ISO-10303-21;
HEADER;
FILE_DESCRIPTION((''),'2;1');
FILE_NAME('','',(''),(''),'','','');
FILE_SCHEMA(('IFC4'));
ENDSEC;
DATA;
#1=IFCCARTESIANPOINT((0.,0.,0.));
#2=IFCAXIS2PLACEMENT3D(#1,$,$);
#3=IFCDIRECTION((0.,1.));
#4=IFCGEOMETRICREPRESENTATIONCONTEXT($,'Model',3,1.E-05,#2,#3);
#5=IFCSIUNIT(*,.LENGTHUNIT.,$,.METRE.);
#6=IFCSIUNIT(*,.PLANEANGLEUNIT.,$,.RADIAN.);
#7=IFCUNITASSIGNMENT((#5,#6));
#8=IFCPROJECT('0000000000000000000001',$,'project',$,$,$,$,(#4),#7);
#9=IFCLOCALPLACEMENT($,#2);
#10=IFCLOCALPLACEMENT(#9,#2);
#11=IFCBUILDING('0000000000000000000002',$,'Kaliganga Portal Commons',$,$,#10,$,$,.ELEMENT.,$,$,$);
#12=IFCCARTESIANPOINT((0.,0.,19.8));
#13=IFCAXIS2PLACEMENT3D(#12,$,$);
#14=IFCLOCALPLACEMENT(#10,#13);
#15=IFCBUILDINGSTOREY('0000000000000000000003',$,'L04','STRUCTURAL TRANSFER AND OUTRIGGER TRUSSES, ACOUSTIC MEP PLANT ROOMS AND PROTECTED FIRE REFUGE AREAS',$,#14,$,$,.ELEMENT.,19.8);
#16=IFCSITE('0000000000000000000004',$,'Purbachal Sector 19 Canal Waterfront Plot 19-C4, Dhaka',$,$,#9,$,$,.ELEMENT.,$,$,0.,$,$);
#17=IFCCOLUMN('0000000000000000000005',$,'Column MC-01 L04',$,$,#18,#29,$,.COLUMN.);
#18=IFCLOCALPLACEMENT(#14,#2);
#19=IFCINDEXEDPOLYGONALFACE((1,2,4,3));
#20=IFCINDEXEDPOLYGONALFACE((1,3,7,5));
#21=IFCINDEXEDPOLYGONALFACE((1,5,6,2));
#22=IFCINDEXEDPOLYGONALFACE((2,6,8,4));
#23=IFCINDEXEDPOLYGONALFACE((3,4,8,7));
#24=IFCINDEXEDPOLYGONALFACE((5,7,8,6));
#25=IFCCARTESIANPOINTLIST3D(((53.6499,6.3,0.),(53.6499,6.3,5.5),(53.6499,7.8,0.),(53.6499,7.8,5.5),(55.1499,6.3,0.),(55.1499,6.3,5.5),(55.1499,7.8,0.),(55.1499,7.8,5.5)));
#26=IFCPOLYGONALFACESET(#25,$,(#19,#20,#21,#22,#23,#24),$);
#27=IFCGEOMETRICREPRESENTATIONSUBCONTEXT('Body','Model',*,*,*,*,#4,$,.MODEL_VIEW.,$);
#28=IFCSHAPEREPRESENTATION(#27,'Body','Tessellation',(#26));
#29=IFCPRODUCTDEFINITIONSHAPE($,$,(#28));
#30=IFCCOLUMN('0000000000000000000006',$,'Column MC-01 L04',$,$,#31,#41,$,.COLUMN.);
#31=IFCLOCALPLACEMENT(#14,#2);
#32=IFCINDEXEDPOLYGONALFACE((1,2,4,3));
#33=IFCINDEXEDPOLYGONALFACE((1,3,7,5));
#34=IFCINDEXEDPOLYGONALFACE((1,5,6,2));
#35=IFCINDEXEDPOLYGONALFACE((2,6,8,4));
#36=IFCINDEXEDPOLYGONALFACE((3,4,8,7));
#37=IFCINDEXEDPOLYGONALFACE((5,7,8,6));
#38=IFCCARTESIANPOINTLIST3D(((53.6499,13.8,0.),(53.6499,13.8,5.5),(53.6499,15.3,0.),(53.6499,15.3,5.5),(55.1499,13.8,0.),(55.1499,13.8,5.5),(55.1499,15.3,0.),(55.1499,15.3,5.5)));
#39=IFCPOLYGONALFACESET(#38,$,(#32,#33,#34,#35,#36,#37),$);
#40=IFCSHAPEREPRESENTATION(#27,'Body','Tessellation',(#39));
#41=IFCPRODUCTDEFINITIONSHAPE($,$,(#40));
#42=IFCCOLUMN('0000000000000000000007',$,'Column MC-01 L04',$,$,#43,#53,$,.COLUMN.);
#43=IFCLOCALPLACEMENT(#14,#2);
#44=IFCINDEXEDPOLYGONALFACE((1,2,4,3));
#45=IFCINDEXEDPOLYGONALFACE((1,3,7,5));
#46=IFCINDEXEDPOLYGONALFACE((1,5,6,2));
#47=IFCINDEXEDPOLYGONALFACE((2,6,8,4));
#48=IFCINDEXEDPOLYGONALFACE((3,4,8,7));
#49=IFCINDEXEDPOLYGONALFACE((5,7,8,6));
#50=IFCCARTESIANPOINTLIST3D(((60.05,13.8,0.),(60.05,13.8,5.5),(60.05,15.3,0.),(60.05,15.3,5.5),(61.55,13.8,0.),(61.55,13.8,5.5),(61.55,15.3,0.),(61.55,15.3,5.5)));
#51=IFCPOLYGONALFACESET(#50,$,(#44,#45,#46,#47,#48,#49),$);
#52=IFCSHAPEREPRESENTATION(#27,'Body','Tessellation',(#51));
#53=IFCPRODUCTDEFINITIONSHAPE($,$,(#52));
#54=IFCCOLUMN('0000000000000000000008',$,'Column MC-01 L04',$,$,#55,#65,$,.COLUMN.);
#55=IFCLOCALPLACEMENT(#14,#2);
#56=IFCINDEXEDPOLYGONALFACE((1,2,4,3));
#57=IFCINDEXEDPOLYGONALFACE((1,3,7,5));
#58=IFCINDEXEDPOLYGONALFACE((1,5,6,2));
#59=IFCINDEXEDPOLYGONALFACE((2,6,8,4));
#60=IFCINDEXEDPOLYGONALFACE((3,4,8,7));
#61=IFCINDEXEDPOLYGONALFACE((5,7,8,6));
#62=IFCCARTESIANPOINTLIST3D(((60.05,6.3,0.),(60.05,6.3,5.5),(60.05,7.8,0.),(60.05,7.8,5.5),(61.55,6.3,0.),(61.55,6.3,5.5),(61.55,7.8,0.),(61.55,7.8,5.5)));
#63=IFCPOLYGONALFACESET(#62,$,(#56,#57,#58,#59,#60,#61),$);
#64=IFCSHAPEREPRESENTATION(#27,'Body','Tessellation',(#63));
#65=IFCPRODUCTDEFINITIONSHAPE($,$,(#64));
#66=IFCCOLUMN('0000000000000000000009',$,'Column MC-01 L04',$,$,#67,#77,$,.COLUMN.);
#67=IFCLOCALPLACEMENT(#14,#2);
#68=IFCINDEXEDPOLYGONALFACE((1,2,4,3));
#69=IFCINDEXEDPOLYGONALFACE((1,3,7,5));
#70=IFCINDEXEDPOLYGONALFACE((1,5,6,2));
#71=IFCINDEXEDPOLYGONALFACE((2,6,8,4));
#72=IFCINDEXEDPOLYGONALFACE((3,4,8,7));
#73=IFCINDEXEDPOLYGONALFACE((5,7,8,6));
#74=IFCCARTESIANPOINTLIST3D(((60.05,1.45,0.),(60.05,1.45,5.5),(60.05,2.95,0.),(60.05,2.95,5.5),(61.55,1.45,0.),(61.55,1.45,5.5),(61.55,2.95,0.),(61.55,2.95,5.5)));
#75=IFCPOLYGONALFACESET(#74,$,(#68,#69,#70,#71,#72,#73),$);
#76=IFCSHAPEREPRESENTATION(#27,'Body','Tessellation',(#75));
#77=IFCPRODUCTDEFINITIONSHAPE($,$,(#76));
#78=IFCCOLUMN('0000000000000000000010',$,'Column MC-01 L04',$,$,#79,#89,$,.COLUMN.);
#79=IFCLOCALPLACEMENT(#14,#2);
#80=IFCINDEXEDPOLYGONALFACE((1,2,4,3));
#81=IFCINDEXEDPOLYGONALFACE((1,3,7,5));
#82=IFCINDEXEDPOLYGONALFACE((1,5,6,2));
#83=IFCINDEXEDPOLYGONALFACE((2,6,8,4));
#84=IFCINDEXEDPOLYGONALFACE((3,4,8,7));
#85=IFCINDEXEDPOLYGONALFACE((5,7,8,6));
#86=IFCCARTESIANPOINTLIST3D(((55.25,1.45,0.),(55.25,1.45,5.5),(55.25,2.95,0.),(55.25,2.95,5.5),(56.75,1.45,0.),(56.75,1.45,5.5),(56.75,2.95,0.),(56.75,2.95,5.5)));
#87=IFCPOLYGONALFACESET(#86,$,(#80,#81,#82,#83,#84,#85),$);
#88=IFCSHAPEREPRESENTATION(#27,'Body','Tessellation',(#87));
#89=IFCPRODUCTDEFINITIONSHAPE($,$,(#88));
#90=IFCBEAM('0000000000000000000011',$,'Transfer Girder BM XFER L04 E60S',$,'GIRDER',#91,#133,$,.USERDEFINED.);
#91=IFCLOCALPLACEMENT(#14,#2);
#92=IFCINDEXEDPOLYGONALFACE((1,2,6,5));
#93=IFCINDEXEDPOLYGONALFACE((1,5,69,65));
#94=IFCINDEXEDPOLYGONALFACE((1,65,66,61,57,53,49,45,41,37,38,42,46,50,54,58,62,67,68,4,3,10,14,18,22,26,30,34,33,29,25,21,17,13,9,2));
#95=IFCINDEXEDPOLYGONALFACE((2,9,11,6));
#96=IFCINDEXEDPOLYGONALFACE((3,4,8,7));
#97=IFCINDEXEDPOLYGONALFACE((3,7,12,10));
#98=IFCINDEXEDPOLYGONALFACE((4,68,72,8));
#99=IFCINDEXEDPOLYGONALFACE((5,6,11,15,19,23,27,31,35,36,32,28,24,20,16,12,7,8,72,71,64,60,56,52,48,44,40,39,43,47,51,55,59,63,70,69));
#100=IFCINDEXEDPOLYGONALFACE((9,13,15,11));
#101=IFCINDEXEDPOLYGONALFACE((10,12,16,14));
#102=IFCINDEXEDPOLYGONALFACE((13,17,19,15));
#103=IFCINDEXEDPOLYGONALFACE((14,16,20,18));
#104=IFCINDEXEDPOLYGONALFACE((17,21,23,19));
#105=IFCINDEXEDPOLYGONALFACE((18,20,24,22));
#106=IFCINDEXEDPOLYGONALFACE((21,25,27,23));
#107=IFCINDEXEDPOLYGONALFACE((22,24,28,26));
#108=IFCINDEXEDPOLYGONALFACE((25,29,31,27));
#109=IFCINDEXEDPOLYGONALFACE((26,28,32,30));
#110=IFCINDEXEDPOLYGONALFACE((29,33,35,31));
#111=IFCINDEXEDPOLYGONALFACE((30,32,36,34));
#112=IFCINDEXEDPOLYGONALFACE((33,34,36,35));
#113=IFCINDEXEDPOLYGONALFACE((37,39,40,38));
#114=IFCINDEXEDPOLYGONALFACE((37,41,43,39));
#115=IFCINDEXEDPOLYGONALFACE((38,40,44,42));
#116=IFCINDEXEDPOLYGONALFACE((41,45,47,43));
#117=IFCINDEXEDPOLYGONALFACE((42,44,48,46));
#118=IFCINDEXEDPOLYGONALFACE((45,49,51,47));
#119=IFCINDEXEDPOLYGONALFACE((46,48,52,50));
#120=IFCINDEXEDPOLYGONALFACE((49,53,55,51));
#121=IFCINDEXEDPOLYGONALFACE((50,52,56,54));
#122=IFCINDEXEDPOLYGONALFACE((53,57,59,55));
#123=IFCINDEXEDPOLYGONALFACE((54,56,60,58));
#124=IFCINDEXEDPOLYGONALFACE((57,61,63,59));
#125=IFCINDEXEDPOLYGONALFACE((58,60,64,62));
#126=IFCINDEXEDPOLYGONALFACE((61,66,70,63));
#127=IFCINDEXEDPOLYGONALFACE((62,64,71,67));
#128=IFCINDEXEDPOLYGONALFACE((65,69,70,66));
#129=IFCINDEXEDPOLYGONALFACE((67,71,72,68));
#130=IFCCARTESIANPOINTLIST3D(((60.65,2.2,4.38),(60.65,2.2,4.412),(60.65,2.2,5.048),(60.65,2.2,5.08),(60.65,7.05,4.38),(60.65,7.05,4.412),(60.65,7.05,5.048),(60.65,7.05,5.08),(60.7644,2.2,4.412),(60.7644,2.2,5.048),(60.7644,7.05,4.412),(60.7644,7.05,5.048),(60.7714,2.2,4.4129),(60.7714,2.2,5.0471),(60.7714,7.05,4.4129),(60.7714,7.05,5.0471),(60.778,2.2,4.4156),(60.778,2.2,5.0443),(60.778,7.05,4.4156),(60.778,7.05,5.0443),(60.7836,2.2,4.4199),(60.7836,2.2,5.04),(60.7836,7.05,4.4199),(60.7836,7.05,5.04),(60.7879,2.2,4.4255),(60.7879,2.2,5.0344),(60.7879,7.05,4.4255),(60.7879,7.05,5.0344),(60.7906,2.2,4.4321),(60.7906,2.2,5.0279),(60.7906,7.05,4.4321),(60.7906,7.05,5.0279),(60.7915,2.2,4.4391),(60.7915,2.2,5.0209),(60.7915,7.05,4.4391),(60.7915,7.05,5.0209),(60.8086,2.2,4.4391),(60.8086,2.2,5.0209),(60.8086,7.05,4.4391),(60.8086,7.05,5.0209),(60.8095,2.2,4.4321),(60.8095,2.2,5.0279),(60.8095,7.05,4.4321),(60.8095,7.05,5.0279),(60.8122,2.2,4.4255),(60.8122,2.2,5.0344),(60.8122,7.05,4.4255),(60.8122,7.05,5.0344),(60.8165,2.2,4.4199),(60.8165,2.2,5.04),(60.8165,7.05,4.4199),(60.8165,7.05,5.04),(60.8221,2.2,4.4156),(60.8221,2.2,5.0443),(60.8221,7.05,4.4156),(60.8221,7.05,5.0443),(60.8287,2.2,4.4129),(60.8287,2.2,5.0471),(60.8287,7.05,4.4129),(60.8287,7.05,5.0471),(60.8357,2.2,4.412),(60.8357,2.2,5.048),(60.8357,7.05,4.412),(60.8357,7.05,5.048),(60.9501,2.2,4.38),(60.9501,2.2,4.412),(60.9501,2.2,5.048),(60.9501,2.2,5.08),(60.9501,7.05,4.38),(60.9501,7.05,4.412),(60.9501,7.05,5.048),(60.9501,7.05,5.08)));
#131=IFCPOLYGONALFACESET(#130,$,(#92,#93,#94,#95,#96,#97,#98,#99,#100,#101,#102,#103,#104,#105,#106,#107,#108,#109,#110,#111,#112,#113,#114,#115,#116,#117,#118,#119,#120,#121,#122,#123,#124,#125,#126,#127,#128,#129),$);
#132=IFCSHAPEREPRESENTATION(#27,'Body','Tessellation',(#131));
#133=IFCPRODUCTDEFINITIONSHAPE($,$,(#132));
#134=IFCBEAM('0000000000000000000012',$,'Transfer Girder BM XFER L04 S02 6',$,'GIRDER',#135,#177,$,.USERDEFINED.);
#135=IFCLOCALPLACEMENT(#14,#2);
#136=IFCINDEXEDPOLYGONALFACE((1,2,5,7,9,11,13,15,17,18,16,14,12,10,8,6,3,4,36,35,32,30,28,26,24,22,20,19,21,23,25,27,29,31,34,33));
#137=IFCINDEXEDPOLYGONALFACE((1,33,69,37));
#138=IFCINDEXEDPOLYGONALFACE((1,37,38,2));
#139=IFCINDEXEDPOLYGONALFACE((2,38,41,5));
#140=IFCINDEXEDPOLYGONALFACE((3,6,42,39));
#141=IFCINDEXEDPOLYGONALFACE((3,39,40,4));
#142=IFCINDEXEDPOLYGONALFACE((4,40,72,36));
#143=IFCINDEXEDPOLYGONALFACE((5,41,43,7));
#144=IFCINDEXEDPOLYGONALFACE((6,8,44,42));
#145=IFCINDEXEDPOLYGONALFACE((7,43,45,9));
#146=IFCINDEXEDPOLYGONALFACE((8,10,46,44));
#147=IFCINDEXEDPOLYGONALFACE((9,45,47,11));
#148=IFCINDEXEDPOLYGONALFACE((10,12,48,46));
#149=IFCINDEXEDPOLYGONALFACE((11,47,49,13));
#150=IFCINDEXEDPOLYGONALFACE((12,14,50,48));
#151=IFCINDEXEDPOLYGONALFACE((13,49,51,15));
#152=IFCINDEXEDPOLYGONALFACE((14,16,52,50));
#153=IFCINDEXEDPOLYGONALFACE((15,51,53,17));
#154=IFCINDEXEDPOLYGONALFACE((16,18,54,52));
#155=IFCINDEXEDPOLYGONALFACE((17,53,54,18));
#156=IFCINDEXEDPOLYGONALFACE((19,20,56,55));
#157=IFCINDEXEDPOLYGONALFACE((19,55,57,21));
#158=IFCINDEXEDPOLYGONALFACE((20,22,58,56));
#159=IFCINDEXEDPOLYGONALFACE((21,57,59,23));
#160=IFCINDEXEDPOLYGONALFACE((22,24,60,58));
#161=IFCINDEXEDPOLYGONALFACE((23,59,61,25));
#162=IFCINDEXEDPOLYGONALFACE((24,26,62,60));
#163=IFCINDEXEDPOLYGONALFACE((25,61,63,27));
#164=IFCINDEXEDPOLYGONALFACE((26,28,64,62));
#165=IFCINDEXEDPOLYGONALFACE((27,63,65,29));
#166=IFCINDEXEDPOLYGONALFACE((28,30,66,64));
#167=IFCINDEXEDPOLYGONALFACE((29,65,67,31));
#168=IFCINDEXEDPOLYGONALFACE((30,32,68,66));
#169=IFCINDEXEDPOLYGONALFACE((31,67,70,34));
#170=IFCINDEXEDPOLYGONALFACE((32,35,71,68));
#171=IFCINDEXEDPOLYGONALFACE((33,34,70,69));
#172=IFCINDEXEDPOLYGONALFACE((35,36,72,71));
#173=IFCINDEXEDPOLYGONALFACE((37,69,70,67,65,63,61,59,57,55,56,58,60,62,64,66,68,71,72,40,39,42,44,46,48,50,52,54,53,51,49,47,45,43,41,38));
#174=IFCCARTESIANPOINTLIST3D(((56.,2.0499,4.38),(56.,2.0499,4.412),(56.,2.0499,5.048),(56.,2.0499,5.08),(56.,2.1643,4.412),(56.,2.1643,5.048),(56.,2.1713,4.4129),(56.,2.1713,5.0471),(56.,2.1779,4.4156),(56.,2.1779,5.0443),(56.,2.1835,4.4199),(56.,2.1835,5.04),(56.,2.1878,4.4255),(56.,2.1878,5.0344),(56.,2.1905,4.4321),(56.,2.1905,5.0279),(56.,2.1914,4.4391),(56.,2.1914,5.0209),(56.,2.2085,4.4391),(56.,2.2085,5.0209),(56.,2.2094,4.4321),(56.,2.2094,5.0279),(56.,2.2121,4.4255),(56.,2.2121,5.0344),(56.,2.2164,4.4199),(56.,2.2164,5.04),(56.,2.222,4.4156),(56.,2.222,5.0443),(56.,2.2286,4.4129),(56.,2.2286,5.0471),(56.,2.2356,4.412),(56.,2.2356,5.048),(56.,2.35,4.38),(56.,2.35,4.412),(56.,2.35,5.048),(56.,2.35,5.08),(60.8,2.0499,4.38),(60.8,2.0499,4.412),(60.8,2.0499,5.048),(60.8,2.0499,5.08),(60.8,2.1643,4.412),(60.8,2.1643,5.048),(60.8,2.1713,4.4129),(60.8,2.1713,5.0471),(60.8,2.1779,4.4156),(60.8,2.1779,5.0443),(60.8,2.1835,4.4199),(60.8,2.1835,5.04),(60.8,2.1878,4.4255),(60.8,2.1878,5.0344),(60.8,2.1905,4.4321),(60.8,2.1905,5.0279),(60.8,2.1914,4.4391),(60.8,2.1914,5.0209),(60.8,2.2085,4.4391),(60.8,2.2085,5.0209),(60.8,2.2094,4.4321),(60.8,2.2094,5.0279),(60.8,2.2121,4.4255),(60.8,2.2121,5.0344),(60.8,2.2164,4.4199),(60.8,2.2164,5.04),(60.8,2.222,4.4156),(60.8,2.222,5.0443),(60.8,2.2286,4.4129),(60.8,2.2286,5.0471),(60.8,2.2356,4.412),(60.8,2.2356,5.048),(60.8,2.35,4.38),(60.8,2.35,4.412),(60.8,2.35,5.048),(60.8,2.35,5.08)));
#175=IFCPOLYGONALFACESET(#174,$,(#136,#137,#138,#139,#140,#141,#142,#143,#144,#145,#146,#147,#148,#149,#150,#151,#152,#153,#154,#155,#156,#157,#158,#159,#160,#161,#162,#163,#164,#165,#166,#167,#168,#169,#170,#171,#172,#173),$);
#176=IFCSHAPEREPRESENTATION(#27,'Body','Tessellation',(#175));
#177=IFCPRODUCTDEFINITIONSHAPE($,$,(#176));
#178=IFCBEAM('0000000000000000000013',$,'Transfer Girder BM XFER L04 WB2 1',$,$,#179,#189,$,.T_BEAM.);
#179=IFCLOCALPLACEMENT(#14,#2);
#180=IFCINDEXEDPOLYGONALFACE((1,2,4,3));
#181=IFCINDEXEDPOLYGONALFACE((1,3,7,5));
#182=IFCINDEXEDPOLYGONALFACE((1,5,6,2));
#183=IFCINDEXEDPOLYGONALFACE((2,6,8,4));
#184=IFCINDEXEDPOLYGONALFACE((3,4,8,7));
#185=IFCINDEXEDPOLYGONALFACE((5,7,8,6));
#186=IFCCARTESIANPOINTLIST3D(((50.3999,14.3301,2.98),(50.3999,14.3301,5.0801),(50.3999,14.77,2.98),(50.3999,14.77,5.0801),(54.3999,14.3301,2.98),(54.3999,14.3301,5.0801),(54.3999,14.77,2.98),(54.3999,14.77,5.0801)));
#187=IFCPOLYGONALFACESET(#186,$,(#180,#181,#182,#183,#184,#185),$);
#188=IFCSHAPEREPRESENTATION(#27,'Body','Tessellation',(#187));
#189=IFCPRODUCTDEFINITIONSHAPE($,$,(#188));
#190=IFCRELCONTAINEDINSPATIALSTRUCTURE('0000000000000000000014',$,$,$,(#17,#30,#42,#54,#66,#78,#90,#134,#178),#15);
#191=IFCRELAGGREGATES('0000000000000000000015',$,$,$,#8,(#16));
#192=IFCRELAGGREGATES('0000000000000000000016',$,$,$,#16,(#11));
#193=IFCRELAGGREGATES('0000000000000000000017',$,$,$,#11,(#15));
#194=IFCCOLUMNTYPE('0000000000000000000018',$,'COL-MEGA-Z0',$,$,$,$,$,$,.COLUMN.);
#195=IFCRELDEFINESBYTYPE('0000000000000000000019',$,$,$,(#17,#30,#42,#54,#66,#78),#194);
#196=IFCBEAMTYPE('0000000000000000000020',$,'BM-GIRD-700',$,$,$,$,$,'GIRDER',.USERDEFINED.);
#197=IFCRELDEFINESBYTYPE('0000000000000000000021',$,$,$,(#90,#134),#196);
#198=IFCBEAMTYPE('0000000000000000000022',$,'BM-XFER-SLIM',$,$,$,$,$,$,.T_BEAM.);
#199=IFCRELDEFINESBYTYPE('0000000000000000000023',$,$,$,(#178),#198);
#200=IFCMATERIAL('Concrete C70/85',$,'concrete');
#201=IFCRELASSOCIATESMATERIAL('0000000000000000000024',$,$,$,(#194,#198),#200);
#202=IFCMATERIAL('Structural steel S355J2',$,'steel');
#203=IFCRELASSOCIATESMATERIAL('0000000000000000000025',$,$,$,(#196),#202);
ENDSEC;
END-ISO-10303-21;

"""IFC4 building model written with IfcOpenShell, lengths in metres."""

from ifc_helpers import new_model, si_unit, direction, frame, origin, origin_2d, place, context, subcontext, project, spatial, rectangle, i_section, extrude, source, transform, mapped, material, material_profile, profile_set, type_object, element, save


model = new_model("IFC4")

# Units and contexts
model_context = context("Model", 3, precision=1e-05, world=origin(), true_north=direction((0.0, 1.0)))
body_context = subcontext(model_context, "Body", "Model", "MODEL_VIEW")
ifc_project = project(units=[si_unit("LENGTHUNIT", "METRE"), si_unit("PLANEANGLEUNIT", "RADIAN")], contexts=[model_context])

# Site, building, storey
site_placement = place(None, origin())
site = spatial("IfcSite", under=ifc_project, at=site_placement, Name="Purbachal Sector 19 Canal Waterfront Plot 19-C4, Dhaka", CompositionType="ELEMENT", RefElevation=0.0)
building_placement = place(site_placement, origin())
building = spatial("IfcBuilding", under=site, at=building_placement, Name="Kaliganga Portal Commons", CompositionType="ELEMENT")
storey_placement = place(building_placement, frame((0.0, 0.0, 19.8)))
storey = spatial("IfcBuildingStorey", under=building, at=storey_placement, Name="L04", Description="STRUCTURAL TRANSFER AND OUTRIGGER TRUSSES, ACOUSTIC MEP PLANT ROOMS AND PROTECTED FIRE REFUGE AREAS", CompositionType="ELEMENT", Elevation=19.8)

# Columns
ifc_material_1 = material(Name="Concrete C70/85", Category="concrete")
ifc_material_profile_1 = material_profile(ifc_material_1, rectangle(XDim=1.5, YDim=1.5, at=origin_2d()), Name="RC 1500x1500")
ifc_profile_set_1 = profile_set([ifc_material_profile_1], Name="Concrete C70/85")
column_type = type_object("IfcColumnType", Name="COL-MEGA-Z0", PredefinedType="COLUMN", material=ifc_profile_set_1)
shared_shape_1 = source(origin(), body_context, "Body", "SweptSolid", [
    extrude(rectangle(XDim=1.5, YDim=1.5, at=origin_2d()), origin(), (0.0, 0.0, 1.0), 5.5),
])
for number, where, z_axis, x_axis, name in (
    (1, (54.3999, 7.05, 0.0), (0.0, 0.0, 1.0), (1.0, 0.0, 0.0), "Column MC-01 L04"),
    (2, (54.3999, 14.55, 0.0), (0.0, 0.0, 1.0), (1.0, 0.0, 0.0), "Column MC-01 L04"),
    (3, (60.8, 14.55, 0.0), (0.0, 0.0, 1.0), (1.0, 0.0, 0.0), "Column MC-01 L04"),
    (4, (60.8, 7.05, 0.0), (0.0, 0.0, 1.0), (1.0, 0.0, 0.0), "Column MC-01 L04"),
    (5, (60.8, 2.2, 0.0), (0.0, 0.0, 1.0), (1.0, 0.0, 0.0), "Column MC-01 L04"),
    (6, (56.0, 2.2, 0.0), (0.0, 0.0, 1.0), (1.0, 0.0, 0.0), "Column MC-01 L04"),
):
    element("IfcColumn", number, at=place(storey_placement, frame(where, z_axis=z_axis, x_axis=x_axis)), inside=storey, type_object=column_type, Name=name, PredefinedType="COLUMN", context=body_context, shape_type="MappedRepresentation", body=[
        mapped(shared_shape_1, transform((0.0, 0.0, 0.0), x_axis=(1.0, 0.0, 0.0), y_axis=(0.0, 1.0, 0.0), z_axis=(0.0, 0.0, 1.0), scale=1.0)),
    ])

# Beams
ifc_material_2 = material(Name="Structural steel S355J2", Category="steel")
ifc_material_profile_2 = material_profile(ifc_material_2, i_section(OverallWidth=0.3, OverallDepth=0.7, WebThickness=0.0171, FlangeThickness=0.032, FilletRadius=0.0271, at=origin_2d()), Name="HE 700 B")
ifc_profile_set_2 = profile_set([ifc_material_profile_2], Name="Structural steel S355J2 wide-flange")
beam_type_1 = type_object("IfcBeamType", Name="BM-GIRD-700", ElementType="GIRDER", PredefinedType="USERDEFINED", material=ifc_profile_set_2)
shared_shape_2 = source(origin(), body_context, "Body", "SweptSolid", [
    extrude(i_section(OverallWidth=0.3, OverallDepth=0.7, WebThickness=0.0171, FlangeThickness=0.032, FilletRadius=0.0271, at=origin_2d()), origin(), (0.0, 0.0, 1.0), 4.8501),
])
beam_1_placement = place(storey_placement, frame((60.8, 2.2, 4.73), z_axis=(0.0, 1.0, 0.0), x_axis=(-1.0, 0.0, 0.0)))
element("IfcBeam", 7, at=beam_1_placement, inside=storey, type_object=beam_type_1, Name="Transfer Girder BM XFER L04 E60S", ObjectType="GIRDER", PredefinedType="USERDEFINED", context=body_context, shape_type="MappedRepresentation", body=[
    mapped(shared_shape_2, transform((0.0, 0.0, 0.0), x_axis=(1.0, 0.0, 0.0), y_axis=(0.0, 1.0, 0.0), z_axis=(0.0, 0.0, 1.0), scale=1.0)),
])
shared_shape_3 = source(origin(), body_context, "Body", "SweptSolid", [
    extrude(i_section(OverallWidth=0.3, OverallDepth=0.7, WebThickness=0.0171, FlangeThickness=0.032, FilletRadius=0.0271, at=origin_2d()), origin(), (0.0, 0.0, 1.0), 4.8),
])
beam_2_placement = place(storey_placement, frame((56.0, 2.2, 4.73), z_axis=(1.0, 0.0, 0.0), x_axis=(0.0, 1.0, 0.0)))
element("IfcBeam", 8, at=beam_2_placement, inside=storey, type_object=beam_type_1, Name="Transfer Girder BM XFER L04 S02 6", ObjectType="GIRDER", PredefinedType="USERDEFINED", context=body_context, shape_type="MappedRepresentation", body=[
    mapped(shared_shape_3, transform((0.0, 0.0, 0.0), x_axis=(1.0, 0.0, 0.0), y_axis=(0.0, 1.0, 0.0), z_axis=(0.0, 0.0, 1.0), scale=1.0)),
])
ifc_material_profile_3 = material_profile(ifc_material_1, rectangle(XDim=0.4399, YDim=2.1001, at=origin_2d()), Name="RC 440x2100")
ifc_profile_set_3 = profile_set([ifc_material_profile_3], Name="Concrete C70/85")
beam_type_2 = type_object("IfcBeamType", Name="BM-XFER-SLIM", PredefinedType="T_BEAM", material=ifc_profile_set_3)
shared_shape_4 = source(origin(), body_context, "Body", "SweptSolid", [
    extrude(rectangle(XDim=0.4399, YDim=2.1001, at=origin_2d()), origin(), (0.0, 0.0, 1.0), 4.0),
])
beam_3_placement = place(storey_placement, frame((50.3999, 14.55, 4.03), z_axis=(1.0, 0.0, 0.0), x_axis=(0.0, 1.0, 0.0)))
element("IfcBeam", 9, at=beam_3_placement, inside=storey, type_object=beam_type_2, Name="Transfer Girder BM XFER L04 WB2 1", PredefinedType="T_BEAM", context=body_context, shape_type="MappedRepresentation", body=[
    mapped(shared_shape_4, transform((0.0, 0.0, 0.0), x_axis=(1.0, 0.0, 0.0), y_axis=(0.0, 1.0, 0.0), z_axis=(0.0, 0.0, 1.0), scale=1.0)),
])

save(model, "model.ifc")
